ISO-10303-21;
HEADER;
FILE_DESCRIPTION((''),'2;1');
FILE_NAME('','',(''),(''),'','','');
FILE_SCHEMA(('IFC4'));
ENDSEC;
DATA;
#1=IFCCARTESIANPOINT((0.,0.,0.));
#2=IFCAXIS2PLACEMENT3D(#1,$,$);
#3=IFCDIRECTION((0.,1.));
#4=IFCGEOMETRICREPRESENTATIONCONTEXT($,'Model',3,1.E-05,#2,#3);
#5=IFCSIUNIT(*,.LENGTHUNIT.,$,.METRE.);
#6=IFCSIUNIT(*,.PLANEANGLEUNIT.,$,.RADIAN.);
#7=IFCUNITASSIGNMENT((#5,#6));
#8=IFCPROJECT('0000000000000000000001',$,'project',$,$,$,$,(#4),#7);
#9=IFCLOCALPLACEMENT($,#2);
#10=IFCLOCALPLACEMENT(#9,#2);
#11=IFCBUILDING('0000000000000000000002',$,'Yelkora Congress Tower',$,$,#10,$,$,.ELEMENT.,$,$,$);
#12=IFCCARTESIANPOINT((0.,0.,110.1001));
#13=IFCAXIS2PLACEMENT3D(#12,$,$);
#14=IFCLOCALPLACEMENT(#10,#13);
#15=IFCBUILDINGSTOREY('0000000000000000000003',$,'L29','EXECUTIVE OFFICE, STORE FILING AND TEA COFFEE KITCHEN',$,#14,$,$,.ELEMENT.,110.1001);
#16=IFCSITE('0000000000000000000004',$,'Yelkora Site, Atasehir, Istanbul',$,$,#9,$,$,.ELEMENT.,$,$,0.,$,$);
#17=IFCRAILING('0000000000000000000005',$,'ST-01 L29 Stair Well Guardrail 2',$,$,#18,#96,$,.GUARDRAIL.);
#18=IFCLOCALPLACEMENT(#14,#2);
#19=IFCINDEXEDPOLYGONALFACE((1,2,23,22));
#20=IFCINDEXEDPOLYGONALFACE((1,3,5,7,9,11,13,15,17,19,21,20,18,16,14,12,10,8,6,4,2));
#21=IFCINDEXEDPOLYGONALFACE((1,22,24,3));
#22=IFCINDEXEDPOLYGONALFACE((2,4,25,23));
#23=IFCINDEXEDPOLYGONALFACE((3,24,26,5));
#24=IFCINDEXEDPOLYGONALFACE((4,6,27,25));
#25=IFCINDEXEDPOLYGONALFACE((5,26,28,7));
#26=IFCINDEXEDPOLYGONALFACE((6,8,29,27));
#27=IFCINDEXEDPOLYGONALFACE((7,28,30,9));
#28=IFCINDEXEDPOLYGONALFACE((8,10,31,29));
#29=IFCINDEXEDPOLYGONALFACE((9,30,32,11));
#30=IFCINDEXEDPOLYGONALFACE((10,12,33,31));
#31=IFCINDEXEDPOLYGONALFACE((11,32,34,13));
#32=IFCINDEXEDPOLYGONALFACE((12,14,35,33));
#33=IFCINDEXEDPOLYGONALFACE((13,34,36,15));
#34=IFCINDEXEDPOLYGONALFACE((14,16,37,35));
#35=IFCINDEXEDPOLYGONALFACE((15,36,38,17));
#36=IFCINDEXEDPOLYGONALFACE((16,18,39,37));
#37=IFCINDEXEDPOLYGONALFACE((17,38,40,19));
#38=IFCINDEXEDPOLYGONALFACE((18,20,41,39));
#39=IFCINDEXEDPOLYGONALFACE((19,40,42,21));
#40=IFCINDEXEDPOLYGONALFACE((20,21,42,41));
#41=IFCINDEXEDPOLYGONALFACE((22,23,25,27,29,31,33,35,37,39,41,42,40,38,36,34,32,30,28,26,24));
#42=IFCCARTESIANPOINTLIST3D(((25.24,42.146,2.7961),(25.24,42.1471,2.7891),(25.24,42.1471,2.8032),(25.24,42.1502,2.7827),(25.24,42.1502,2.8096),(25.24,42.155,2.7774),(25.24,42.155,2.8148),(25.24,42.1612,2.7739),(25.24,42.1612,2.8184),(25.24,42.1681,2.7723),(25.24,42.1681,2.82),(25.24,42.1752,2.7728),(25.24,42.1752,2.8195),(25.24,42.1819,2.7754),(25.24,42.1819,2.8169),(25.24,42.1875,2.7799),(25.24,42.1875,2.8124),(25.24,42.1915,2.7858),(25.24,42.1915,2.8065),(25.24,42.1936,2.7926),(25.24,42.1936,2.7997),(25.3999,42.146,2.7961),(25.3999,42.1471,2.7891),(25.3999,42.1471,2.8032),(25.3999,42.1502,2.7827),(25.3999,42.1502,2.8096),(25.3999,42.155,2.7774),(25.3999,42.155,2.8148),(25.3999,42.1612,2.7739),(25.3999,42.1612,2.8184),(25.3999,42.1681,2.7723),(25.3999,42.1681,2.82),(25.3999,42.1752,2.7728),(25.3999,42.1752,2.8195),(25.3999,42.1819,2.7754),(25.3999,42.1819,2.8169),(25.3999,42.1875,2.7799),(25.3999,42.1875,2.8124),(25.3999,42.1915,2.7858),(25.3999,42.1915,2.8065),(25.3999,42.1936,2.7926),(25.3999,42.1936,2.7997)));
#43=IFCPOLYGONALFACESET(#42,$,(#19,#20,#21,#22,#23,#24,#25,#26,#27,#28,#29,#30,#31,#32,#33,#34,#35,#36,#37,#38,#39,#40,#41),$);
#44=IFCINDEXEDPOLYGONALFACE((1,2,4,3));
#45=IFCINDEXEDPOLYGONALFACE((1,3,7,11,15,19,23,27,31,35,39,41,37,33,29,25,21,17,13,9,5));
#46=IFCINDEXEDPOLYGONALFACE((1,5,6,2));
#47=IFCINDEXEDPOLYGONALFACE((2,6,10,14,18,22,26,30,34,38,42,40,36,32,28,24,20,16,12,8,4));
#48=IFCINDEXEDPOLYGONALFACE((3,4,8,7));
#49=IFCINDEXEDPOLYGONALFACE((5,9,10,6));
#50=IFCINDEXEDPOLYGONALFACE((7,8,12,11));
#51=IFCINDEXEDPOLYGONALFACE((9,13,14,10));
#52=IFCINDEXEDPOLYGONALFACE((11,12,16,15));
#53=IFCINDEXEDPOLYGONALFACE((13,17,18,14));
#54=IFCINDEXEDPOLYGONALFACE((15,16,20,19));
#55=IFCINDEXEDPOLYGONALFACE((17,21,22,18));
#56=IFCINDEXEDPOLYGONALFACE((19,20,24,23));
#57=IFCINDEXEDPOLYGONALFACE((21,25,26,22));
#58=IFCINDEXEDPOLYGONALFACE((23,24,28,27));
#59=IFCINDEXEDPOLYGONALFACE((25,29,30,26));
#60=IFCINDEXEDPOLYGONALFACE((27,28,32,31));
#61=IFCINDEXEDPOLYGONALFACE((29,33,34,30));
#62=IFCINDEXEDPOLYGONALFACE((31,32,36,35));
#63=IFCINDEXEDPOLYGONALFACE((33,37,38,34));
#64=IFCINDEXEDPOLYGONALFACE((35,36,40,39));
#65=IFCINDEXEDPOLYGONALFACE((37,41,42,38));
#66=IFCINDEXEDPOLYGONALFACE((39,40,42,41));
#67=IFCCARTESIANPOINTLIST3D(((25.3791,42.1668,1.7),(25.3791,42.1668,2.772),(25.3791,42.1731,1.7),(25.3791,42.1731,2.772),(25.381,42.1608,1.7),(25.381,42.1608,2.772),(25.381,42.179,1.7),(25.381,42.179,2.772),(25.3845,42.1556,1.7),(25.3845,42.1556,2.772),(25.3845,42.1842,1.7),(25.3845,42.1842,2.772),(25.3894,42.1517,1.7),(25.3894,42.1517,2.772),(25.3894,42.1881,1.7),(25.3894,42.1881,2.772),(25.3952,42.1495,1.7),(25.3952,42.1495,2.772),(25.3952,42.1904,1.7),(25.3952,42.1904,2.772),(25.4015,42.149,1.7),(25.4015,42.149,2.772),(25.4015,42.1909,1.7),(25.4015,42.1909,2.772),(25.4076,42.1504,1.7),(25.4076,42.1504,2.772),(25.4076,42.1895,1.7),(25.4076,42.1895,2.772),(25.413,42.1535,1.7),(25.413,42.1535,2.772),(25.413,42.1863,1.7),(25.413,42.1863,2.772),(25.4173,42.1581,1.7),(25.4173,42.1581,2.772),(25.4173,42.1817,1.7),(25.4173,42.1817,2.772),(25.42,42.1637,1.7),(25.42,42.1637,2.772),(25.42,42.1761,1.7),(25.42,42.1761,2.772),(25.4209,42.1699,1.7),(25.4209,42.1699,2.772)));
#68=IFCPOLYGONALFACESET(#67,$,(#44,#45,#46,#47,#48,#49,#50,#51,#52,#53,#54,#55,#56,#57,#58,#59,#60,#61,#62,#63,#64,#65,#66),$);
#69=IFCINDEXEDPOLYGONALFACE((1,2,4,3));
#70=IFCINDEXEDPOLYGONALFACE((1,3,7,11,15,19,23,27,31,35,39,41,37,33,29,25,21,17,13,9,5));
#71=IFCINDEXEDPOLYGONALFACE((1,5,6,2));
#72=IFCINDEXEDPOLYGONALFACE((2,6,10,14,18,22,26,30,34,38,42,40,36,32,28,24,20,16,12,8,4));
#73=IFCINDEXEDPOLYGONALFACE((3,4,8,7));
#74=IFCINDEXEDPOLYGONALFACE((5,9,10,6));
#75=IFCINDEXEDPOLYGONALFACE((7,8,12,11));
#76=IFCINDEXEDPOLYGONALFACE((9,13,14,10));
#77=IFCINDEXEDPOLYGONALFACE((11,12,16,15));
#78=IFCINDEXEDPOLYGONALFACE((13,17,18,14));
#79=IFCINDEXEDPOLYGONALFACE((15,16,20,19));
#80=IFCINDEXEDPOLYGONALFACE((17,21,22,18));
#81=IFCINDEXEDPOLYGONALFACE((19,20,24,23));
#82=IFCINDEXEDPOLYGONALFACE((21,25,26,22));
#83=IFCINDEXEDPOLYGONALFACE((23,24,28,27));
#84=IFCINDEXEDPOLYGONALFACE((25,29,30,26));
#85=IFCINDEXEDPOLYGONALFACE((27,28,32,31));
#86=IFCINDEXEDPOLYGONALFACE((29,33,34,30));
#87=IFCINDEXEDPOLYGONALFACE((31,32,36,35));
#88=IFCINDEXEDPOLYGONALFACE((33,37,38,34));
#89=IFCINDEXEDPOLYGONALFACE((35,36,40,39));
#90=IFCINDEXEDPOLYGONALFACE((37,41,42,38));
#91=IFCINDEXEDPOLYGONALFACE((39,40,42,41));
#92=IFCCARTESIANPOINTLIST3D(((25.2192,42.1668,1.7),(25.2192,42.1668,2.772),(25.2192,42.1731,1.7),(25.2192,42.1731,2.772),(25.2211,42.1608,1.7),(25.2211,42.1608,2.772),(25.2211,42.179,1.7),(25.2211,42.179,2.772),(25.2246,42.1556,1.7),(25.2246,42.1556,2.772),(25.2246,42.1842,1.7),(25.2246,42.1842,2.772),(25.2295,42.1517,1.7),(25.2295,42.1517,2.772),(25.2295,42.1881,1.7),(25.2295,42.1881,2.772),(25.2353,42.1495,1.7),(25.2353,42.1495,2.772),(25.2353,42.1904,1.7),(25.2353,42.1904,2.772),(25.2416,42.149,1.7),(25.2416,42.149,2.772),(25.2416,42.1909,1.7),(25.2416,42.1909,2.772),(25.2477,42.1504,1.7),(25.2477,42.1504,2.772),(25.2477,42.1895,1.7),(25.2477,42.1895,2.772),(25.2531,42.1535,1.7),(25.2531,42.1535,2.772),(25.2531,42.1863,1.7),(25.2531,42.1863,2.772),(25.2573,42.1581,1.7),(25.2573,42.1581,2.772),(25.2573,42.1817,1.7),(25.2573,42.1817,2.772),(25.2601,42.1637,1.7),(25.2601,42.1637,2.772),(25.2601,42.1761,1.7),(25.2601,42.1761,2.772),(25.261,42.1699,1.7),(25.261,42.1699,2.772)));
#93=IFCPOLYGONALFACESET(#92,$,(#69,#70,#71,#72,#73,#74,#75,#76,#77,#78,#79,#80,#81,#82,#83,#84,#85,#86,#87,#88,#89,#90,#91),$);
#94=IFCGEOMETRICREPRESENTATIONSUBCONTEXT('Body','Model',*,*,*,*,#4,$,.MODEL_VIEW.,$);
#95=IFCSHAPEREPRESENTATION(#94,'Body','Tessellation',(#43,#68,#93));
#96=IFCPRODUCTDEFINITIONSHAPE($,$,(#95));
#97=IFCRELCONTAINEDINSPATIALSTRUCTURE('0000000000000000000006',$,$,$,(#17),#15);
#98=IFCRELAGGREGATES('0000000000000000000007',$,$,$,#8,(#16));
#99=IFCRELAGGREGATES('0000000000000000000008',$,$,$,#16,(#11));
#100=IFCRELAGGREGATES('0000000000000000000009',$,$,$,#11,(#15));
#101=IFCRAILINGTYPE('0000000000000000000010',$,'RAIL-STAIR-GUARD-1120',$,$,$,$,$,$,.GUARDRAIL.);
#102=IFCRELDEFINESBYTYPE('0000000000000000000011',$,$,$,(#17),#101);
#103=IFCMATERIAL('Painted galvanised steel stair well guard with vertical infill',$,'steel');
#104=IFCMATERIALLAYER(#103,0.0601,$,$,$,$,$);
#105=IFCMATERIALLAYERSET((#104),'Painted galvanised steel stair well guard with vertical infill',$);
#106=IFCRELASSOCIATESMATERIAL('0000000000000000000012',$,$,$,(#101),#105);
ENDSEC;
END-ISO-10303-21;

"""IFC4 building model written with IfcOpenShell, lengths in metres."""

from ifc_helpers import new_model, si_unit, direction, frame, origin, origin_2d, place, context, subcontext, project, spatial, circle, extrude, material, layer, layer_set, type_object, element, save


model = new_model("IFC4")

# Units and contexts
model_context = context("Model", 3, precision=1e-05, world=origin(), true_north=direction((0.0, 1.0)))
body_context = subcontext(model_context, "Body", "Model", "MODEL_VIEW")
ifc_project = project(units=[si_unit("LENGTHUNIT", "METRE"), si_unit("PLANEANGLEUNIT", "RADIAN")], contexts=[model_context])

# Site, building, storey
site_placement = place(None, origin())
site = spatial("IfcSite", under=ifc_project, at=site_placement, Name="Yelkora Site, Atasehir, Istanbul", CompositionType="ELEMENT", RefElevation=0.0)
building_placement = place(site_placement, origin())
building = spatial("IfcBuilding", under=site, at=building_placement, Name="Yelkora Congress Tower", CompositionType="ELEMENT")
storey_placement = place(building_placement, frame((0.0, 0.0, 110.1001)))
storey = spatial("IfcBuildingStorey", under=building, at=storey_placement, Name="L29", Description="EXECUTIVE OFFICE, STORE FILING AND TEA COFFEE KITCHEN", CompositionType="ELEMENT", Elevation=110.1001)

# Railing
ifc_material_1 = material(Name="Painted galvanised steel stair well guard with vertical infill", Category="steel")
ifc_layer_1 = layer(ifc_material_1, 0.0601)
ifc_layer_set_1 = layer_set([ifc_layer_1], Name="Painted galvanised steel stair well guard with vertical infill")
railing_type_1 = type_object("IfcRailingType", Name="RAIL-STAIR-GUARD-1120", PredefinedType="GUARDRAIL", material=ifc_layer_set_1)
railing_1_placement = place(storey_placement, frame((25.3999, 42.1699, 1.7)))
element("IfcRailing", 1, at=railing_1_placement, inside=storey, type_object=railing_type_1, Name="ST-01 L29 Stair Well Guardrail 2", PredefinedType="GUARDRAIL", context=body_context, shape_type="SweptSolid", body=[
    extrude(circle(Radius=0.0239, at=origin_2d()), frame((0.0, 0.0, 1.0962), z_axis=(-1.0, 0.0, 0.0), x_axis=(0.0, -1.0, 0.0)), (0.0, 0.0, 1.0), 0.1599),
    extrude(circle(Radius=0.021, at=origin_2d()), origin(), (0.0, 0.0, 1.0), 1.072),
    extrude(circle(Radius=0.021, at=origin_2d()), frame((-0.1599, 0.0, 0.0)), (0.0, 0.0, 1.0), 1.072),
])

save(model, "model.ifc")
